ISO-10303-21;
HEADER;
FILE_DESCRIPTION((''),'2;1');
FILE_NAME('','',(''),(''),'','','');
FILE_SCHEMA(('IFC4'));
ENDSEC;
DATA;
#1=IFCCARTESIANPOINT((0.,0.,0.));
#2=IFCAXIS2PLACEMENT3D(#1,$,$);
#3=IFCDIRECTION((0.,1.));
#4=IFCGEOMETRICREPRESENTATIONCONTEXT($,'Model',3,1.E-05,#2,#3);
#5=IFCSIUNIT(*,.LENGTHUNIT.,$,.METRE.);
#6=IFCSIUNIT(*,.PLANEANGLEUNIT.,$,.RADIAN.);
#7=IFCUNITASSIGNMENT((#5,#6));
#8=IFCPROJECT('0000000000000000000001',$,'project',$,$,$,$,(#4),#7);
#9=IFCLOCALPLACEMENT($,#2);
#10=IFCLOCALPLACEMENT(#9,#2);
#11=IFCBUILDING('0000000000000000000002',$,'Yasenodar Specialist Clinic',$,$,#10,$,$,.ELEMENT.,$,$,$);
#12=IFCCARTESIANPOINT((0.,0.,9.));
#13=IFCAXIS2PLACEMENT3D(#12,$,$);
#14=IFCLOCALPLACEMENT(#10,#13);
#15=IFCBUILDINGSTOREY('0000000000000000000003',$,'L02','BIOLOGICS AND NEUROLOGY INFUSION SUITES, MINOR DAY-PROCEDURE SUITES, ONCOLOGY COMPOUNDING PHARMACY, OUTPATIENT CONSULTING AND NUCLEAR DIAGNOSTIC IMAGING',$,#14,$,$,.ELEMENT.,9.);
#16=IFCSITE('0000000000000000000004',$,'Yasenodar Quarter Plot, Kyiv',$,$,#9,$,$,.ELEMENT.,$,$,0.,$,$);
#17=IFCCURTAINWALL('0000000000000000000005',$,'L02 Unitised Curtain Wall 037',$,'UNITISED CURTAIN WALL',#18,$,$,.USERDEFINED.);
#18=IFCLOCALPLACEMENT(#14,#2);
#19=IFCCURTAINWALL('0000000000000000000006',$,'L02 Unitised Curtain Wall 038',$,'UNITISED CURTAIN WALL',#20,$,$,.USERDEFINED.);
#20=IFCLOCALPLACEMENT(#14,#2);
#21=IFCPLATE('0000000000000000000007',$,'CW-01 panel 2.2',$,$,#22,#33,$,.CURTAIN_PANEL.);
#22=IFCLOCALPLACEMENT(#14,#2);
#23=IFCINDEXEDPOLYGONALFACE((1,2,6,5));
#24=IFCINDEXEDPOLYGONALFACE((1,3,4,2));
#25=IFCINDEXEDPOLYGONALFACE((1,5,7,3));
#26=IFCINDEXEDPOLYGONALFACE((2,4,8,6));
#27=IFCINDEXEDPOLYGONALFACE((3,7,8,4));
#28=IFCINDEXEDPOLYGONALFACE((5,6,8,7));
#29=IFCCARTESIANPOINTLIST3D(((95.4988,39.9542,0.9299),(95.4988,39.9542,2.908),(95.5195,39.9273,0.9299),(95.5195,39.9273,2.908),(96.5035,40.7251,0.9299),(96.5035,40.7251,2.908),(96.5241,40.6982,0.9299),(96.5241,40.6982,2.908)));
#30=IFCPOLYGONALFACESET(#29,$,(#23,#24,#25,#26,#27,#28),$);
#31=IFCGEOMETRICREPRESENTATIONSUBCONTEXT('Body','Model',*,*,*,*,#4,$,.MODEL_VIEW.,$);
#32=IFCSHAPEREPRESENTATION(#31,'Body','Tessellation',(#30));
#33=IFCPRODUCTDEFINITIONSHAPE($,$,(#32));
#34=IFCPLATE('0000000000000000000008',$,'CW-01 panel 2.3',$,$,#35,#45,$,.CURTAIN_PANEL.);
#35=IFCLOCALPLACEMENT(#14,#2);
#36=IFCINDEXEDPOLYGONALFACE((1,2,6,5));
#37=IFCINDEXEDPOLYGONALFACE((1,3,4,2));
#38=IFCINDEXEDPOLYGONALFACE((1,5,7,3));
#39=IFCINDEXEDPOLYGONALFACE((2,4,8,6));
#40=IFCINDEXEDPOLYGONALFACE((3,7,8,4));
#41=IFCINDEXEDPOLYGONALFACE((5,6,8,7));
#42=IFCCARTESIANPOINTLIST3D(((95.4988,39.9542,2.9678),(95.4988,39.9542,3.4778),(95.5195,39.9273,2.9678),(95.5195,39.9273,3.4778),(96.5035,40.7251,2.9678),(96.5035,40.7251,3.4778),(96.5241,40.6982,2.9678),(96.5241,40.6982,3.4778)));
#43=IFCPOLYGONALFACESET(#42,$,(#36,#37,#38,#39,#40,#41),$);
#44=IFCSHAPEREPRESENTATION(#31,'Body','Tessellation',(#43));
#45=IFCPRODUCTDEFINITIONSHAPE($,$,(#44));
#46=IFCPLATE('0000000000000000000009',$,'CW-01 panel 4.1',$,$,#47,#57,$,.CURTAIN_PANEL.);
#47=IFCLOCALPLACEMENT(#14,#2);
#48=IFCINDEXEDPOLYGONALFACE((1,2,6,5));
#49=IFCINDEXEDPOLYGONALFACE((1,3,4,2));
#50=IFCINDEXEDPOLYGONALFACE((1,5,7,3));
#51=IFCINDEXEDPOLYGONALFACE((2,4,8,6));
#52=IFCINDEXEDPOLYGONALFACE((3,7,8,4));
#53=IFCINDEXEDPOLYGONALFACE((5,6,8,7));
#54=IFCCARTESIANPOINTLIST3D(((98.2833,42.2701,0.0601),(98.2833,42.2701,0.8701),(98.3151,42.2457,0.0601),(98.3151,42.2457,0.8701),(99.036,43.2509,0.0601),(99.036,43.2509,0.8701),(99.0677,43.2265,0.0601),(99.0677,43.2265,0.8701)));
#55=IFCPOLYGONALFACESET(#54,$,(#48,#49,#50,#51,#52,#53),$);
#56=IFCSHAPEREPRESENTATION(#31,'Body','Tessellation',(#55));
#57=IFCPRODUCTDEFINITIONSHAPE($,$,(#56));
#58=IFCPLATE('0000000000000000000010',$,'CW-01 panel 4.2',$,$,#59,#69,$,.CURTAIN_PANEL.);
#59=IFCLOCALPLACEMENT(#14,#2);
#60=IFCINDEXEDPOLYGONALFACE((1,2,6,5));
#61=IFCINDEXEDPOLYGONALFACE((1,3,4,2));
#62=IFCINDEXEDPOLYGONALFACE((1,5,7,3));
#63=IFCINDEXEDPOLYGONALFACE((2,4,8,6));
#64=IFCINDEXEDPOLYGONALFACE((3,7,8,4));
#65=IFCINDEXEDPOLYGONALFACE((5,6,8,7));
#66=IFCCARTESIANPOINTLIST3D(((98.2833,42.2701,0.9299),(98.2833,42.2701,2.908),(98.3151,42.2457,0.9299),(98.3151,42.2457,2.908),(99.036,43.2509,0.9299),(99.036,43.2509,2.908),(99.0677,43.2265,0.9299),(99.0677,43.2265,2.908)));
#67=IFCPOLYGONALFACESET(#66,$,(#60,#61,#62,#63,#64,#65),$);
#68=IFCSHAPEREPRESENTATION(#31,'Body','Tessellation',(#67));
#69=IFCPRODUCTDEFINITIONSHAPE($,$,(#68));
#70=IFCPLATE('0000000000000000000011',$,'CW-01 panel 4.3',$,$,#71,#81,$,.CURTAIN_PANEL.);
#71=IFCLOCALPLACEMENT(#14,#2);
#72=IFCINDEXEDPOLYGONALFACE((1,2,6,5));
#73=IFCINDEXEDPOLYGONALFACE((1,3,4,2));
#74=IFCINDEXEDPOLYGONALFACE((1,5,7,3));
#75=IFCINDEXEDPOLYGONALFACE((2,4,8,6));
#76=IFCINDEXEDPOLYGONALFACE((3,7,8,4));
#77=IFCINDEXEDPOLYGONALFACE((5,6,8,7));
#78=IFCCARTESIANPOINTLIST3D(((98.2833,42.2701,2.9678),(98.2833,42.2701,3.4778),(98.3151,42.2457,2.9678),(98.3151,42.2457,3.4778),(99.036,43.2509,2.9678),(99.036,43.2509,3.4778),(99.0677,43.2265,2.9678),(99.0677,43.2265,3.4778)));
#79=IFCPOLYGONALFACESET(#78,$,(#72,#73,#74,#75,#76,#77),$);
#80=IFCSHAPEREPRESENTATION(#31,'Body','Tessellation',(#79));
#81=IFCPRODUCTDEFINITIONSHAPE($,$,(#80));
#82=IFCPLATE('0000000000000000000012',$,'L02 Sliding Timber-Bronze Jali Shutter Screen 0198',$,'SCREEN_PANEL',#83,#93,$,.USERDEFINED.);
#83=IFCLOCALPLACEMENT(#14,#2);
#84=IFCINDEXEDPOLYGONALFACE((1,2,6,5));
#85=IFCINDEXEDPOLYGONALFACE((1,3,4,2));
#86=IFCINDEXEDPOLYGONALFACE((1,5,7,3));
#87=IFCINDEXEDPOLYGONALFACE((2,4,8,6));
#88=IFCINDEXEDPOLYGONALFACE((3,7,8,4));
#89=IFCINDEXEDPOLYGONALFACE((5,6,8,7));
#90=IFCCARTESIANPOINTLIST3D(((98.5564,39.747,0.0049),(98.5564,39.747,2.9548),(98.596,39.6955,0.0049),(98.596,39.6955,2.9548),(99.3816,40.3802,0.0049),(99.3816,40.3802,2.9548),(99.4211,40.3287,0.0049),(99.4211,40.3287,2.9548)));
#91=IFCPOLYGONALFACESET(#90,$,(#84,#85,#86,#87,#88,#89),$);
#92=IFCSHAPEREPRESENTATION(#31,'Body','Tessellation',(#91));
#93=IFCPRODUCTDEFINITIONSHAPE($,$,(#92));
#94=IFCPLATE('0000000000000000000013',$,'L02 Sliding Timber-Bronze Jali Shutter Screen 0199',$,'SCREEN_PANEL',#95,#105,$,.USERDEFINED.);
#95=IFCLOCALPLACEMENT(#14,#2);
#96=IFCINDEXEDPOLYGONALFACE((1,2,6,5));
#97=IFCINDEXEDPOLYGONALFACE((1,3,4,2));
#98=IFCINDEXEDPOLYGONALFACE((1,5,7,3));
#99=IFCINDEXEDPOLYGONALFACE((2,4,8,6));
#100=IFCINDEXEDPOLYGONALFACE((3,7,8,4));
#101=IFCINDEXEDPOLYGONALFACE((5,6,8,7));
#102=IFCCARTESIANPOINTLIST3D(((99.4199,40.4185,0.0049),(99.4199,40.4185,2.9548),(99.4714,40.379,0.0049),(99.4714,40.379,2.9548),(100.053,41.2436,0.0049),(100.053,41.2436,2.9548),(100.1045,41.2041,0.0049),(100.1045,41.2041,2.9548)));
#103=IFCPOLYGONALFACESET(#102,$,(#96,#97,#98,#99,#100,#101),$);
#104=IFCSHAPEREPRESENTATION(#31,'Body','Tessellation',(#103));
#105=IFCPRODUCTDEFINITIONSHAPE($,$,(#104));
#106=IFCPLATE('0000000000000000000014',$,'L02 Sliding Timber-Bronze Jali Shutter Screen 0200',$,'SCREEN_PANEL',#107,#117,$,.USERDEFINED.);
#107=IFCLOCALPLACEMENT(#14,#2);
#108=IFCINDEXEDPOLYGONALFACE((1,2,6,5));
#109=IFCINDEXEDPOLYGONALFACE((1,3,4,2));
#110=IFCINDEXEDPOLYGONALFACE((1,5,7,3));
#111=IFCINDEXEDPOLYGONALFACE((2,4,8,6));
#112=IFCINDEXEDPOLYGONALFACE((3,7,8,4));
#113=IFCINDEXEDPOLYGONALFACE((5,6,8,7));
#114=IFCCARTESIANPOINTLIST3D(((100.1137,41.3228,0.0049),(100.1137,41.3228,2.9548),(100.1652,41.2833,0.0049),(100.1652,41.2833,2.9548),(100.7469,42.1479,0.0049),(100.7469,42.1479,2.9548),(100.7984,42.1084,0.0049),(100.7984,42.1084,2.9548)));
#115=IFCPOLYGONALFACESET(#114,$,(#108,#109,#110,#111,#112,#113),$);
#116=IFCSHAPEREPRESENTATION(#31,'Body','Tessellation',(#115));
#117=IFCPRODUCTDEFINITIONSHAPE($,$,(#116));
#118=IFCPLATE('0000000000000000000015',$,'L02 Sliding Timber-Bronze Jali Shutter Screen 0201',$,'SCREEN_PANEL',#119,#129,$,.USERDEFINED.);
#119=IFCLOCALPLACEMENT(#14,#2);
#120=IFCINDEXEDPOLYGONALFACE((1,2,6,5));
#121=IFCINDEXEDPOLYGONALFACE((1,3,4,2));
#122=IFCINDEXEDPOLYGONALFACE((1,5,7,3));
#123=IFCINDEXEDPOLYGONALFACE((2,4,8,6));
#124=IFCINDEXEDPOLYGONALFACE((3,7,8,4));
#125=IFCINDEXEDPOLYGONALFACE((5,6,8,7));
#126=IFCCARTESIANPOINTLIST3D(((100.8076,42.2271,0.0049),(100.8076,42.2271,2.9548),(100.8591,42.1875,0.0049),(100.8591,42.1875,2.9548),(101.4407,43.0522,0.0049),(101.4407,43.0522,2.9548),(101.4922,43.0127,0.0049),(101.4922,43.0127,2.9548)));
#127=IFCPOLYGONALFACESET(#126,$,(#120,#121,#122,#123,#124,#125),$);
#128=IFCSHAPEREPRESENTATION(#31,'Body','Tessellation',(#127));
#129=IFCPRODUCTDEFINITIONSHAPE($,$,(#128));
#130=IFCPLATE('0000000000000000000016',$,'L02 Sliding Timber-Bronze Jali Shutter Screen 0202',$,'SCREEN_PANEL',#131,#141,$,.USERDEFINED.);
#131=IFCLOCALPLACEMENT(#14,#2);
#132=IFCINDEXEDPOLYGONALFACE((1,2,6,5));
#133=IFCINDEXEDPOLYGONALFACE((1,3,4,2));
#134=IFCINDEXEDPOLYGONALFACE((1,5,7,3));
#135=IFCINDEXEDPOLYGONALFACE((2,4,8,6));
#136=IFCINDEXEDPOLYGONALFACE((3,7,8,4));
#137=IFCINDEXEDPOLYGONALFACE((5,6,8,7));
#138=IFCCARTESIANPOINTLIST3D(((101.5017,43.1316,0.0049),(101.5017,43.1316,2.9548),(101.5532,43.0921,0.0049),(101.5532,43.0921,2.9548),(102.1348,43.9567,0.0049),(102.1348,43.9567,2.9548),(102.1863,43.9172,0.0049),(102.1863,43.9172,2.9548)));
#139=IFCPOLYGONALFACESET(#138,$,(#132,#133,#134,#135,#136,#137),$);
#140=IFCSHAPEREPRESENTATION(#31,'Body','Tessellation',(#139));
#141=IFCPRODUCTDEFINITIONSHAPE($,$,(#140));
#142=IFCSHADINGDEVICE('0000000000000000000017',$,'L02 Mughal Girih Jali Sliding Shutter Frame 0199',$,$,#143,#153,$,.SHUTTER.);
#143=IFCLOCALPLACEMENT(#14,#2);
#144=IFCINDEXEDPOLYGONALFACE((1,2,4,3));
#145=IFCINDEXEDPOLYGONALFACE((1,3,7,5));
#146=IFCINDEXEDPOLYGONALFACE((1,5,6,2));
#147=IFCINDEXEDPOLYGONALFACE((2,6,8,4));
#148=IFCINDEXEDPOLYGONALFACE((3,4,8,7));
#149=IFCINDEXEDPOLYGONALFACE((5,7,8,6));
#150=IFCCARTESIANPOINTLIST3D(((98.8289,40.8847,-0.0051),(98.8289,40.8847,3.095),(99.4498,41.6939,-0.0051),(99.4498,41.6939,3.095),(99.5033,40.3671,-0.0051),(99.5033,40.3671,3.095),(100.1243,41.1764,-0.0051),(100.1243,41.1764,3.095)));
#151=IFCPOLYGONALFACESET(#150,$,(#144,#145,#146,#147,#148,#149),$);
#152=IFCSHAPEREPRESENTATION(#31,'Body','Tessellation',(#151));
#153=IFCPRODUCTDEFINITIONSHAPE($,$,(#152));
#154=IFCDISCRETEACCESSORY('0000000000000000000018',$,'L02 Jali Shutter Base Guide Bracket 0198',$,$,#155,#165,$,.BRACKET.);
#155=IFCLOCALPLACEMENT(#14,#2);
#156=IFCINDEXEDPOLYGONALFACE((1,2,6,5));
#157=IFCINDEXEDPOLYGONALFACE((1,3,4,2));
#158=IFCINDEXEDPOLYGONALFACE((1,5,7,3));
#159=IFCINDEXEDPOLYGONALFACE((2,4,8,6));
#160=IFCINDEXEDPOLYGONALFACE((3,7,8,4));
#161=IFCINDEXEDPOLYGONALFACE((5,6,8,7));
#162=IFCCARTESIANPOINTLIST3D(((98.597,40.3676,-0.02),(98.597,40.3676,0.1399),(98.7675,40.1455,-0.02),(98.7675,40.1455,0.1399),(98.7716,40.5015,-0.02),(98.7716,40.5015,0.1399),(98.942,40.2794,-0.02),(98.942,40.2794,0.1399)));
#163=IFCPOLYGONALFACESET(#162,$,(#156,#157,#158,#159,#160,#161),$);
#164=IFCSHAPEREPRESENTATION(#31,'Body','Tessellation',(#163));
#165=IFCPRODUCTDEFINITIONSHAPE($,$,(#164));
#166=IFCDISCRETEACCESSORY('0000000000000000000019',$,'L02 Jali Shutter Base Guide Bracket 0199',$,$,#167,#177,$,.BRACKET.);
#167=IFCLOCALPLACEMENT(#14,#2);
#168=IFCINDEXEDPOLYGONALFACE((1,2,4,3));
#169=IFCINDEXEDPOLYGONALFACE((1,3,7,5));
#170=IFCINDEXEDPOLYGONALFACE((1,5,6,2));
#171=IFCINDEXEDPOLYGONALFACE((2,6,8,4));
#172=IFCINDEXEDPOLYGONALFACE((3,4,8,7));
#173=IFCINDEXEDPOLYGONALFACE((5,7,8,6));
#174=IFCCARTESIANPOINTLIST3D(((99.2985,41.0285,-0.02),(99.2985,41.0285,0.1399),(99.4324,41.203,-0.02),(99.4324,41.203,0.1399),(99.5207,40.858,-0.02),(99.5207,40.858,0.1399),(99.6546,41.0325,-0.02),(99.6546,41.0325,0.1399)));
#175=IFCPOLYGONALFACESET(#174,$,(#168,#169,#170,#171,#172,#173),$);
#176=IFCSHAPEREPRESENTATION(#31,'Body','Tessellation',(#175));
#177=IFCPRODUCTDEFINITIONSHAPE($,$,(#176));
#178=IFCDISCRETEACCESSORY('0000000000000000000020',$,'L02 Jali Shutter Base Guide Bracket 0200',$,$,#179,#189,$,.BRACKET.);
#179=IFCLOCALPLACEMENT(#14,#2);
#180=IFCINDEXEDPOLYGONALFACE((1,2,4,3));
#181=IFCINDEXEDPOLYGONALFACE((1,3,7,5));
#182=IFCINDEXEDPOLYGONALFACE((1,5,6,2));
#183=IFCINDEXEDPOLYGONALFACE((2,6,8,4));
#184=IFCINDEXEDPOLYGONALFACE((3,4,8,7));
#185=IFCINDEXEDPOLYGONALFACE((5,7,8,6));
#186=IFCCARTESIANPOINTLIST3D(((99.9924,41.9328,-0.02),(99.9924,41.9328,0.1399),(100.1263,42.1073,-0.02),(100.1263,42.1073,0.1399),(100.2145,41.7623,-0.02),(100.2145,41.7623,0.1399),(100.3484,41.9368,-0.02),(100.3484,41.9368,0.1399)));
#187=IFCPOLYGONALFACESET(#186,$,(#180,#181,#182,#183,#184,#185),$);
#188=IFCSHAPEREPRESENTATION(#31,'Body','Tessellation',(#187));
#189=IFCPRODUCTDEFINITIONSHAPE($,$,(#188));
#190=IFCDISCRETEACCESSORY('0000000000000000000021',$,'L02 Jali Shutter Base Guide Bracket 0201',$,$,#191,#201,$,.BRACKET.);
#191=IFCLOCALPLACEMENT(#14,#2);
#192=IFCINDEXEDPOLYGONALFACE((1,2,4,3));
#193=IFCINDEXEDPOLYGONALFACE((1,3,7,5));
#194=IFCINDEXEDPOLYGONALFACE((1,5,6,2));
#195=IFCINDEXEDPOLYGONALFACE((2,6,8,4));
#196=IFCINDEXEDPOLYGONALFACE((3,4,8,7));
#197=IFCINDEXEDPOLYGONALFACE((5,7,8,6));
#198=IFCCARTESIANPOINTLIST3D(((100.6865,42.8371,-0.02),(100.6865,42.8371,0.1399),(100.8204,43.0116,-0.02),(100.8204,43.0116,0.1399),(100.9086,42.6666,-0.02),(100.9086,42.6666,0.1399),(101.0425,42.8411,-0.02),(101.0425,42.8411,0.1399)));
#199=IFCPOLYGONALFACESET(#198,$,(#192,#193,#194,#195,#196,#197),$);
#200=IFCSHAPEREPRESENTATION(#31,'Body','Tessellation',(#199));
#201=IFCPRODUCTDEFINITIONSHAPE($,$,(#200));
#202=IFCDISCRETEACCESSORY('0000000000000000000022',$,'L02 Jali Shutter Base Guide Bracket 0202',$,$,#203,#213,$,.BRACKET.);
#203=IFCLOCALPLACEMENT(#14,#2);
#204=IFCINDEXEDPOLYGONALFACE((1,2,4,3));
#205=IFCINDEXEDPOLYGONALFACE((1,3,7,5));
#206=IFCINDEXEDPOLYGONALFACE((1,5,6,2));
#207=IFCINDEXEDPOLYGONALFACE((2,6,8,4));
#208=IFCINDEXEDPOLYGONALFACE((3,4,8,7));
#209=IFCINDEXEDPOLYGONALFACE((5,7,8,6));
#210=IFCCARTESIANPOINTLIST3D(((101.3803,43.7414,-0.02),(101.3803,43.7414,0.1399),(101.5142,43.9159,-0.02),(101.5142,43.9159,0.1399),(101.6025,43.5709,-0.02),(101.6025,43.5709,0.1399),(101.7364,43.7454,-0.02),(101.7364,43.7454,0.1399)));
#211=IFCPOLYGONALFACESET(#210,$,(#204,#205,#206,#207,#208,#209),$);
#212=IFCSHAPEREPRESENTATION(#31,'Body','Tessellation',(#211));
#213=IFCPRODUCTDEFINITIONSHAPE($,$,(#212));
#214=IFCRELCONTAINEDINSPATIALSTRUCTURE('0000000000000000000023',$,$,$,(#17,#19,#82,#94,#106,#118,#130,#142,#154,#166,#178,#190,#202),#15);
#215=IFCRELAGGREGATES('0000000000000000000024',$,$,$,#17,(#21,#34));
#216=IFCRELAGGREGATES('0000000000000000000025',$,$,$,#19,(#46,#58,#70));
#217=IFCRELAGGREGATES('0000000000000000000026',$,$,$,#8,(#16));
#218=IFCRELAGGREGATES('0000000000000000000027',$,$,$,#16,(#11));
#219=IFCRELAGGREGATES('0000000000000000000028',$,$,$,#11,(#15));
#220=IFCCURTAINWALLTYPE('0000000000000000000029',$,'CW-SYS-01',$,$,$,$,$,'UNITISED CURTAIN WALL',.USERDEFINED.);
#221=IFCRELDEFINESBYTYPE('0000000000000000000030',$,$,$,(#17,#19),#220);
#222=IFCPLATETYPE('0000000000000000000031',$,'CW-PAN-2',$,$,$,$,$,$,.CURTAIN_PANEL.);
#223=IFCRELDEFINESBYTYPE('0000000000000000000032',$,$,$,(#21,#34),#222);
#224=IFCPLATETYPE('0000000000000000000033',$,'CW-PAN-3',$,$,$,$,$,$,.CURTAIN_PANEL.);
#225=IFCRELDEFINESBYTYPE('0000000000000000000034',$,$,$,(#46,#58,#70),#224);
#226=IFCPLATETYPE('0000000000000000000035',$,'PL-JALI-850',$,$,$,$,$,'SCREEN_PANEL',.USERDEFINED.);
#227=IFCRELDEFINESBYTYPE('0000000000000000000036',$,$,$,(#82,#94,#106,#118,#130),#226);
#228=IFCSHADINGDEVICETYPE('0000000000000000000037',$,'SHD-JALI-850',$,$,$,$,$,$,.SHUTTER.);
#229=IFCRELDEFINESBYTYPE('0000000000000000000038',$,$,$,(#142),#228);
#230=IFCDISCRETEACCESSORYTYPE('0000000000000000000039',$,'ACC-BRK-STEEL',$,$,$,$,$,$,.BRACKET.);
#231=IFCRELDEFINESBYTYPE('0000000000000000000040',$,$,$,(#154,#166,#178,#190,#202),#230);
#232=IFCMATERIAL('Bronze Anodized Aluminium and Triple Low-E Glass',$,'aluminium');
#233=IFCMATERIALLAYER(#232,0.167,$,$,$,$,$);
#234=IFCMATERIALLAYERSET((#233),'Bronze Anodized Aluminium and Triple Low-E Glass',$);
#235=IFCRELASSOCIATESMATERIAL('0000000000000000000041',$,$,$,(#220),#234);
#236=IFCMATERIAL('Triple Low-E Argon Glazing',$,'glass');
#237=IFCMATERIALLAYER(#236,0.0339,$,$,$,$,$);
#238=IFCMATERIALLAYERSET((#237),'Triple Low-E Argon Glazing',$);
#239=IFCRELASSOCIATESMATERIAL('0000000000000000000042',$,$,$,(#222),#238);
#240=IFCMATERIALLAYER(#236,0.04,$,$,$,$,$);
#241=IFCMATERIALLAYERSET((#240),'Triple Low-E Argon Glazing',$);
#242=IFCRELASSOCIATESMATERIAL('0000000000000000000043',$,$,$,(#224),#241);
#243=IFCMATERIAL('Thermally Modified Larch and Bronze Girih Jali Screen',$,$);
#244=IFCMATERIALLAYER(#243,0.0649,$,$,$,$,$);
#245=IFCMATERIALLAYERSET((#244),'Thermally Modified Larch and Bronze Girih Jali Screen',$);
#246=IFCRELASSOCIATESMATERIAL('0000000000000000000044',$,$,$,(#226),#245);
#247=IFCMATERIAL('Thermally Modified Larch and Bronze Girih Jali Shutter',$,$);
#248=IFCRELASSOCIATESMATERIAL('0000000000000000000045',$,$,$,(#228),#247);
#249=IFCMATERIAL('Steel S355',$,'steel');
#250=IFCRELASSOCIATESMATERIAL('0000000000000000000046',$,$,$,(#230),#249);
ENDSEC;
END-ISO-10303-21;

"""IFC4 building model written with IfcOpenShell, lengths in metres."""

from ifc_helpers import new_model, si_unit, direction, frame, origin, origin_2d, place, context, subcontext, project, spatial, rectangle, extrude, material, layer, layer_set, type_object, element, aggregate, save


model = new_model("IFC4")

# Units and contexts
model_context = context("Model", 3, precision=1e-05, world=origin(), true_north=direction((0.0, 1.0)))
body_context = subcontext(model_context, "Body", "Model", "MODEL_VIEW")
ifc_project = project(units=[si_unit("LENGTHUNIT", "METRE"), si_unit("PLANEANGLEUNIT", "RADIAN")], contexts=[model_context])

# Site, building, storey
site_placement = place(None, origin())
site = spatial("IfcSite", under=ifc_project, at=site_placement, Name="Yasenodar Quarter Plot, Kyiv", CompositionType="ELEMENT", RefElevation=0.0)
building_placement = place(site_placement, origin())
building = spatial("IfcBuilding", under=site, at=building_placement, Name="Yasenodar Specialist Clinic", CompositionType="ELEMENT")
storey_placement = place(building_placement, frame((0.0, 0.0, 9.0)))
storey = spatial("IfcBuildingStorey", under=building, at=storey_placement, Name="L02", Description="BIOLOGICS AND NEUROLOGY INFUSION SUITES, MINOR DAY-PROCEDURE SUITES, ONCOLOGY COMPOUNDING PHARMACY, OUTPATIENT CONSULTING AND NUCLEAR DIAGNOSTIC IMAGING", CompositionType="ELEMENT", Elevation=9.0)

# Shared definitions
ifc_material_1 = material(Name="Steel S355", Category="steel")

# Curtain walls
ifc_material_2 = material(Name="Bronze Anodized Aluminium and Triple Low-E Glass", Category="aluminium")
ifc_layer_1 = layer(ifc_material_2, 0.167)
ifc_layer_set_1 = layer_set([ifc_layer_1], Name="Bronze Anodized Aluminium and Triple Low-E Glass")
curtain_wall_type = type_object("IfcCurtainWallType", Name="CW-SYS-01", ElementType="UNITISED CURTAIN WALL", PredefinedType="USERDEFINED", material=ifc_layer_set_1)
curtain_wall_1_placement = place(storey_placement, origin())
curtain_wall_1 = element("IfcCurtainWall", 1, at=curtain_wall_1_placement, inside=storey, type_object=curtain_wall_type, Name="L02 Unitised Curtain Wall 037", ObjectType="UNITISED CURTAIN WALL", PredefinedType="USERDEFINED")
curtain_wall_2_placement = place(storey_placement, origin())
curtain_wall_2 = element("IfcCurtainWall", 2, at=curtain_wall_2_placement, inside=storey, type_object=curtain_wall_type, Name="L02 Unitised Curtain Wall 038", ObjectType="UNITISED CURTAIN WALL", PredefinedType="USERDEFINED")

# Plates
ifc_material_3 = material(Name="Triple Low-E Argon Glazing", Category="glass")
ifc_layer_2 = layer(ifc_material_3, 0.0339)
ifc_layer_set_2 = layer_set([ifc_layer_2], Name="Triple Low-E Argon Glazing")
plate_type_1 = type_object("IfcPlateType", Name="CW-PAN-2", PredefinedType="CURTAIN_PANEL", material=ifc_layer_set_2)
plate_1_placement = place(storey_placement, frame((96.0115, 40.3262, 0.9299), z_axis=(0.0, 0.0, 1.0), x_axis=(-0.793361, -0.608752, 0.0)))
plate_1 = element("IfcPlate", 3, at=plate_1_placement, type_object=plate_type_1, Name="CW-01 panel 2.2", PredefinedType="CURTAIN_PANEL", context=body_context, shape_type="SweptSolid", body=[
    extrude(rectangle(XDim=1.2664, YDim=0.0339, at=origin_2d()), origin(), (0.0, 0.0, 1.0), 1.978),
])
plate_2_placement = place(storey_placement, frame((96.0115, 40.3262, 2.9678), z_axis=(0.0, 0.0, 1.0), x_axis=(-0.793361, -0.608752, 0.0)))
plate_2 = element("IfcPlate", 4, at=plate_2_placement, type_object=plate_type_1, Name="CW-01 panel 2.3", PredefinedType="CURTAIN_PANEL", context=body_context, shape_type="SweptSolid", body=[
    extrude(rectangle(XDim=1.2664, YDim=0.0339, at=origin_2d()), origin(), (0.0, 0.0, 1.0), 0.51),
])
aggregate(curtain_wall_1, [plate_1, plate_2])
ifc_layer_3 = layer(ifc_material_3, 0.04)
ifc_layer_set_3 = layer_set([ifc_layer_3], Name="Triple Low-E Argon Glazing")
plate_type_2 = type_object("IfcPlateType", Name="CW-PAN-3", PredefinedType="CURTAIN_PANEL", material=ifc_layer_set_3)
plate_3_placement = place(storey_placement, frame((98.6755, 42.7483, 0.0601), z_axis=(0.0, 0.0, 1.0), x_axis=(-0.608752, -0.793361, 0.0)))
plate_3 = element("IfcPlate", 5, at=plate_3_placement, type_object=plate_type_2, Name="CW-01 panel 4.1", PredefinedType="CURTAIN_PANEL", context=body_context, shape_type="SweptSolid", body=[
    extrude(rectangle(XDim=1.2363, YDim=0.04, at=origin_2d()), origin(), (0.0, 0.0, 1.0), 0.8101),
])
plate_4_placement = place(storey_placement, frame((98.6755, 42.7483, 0.9299), z_axis=(0.0, 0.0, 1.0), x_axis=(-0.608752, -0.793361, 0.0)))
plate_4 = element("IfcPlate", 6, at=plate_4_placement, type_object=plate_type_2, Name="CW-01 panel 4.2", PredefinedType="CURTAIN_PANEL", context=body_context, shape_type="SweptSolid", body=[
    extrude(rectangle(XDim=1.2363, YDim=0.04, at=origin_2d()), origin(), (0.0, 0.0, 1.0), 1.978),
])
plate_5_placement = place(storey_placement, frame((98.6755, 42.7483, 2.9678), z_axis=(0.0, 0.0, 1.0), x_axis=(-0.608752, -0.793361, 0.0)))
plate_5 = element("IfcPlate", 7, at=plate_5_placement, type_object=plate_type_2, Name="CW-01 panel 4.3", PredefinedType="CURTAIN_PANEL", context=body_context, shape_type="SweptSolid", body=[
    extrude(rectangle(XDim=1.2363, YDim=0.04, at=origin_2d()), origin(), (0.0, 0.0, 1.0), 0.51),
])
aggregate(curtain_wall_2, [plate_3, plate_4, plate_5])

# Plates
ifc_material_4 = material(Name="Thermally Modified Larch and Bronze Girih Jali Screen")
ifc_layer_4 = layer(ifc_material_4, 0.0649)
ifc_layer_set_4 = layer_set([ifc_layer_4], Name="Thermally Modified Larch and Bronze Girih Jali Screen")
plate_type_3 = type_object("IfcPlateType", Name="PL-JALI-850", ElementType="SCREEN_PANEL", PredefinedType="USERDEFINED", material=ifc_layer_set_4)
for number, where, z_axis, x_axis, name in (
    (8, (98.9888, 40.0378, 0.0049), (0.0, 0.0, 1.0), (0.793351, 0.608764, 0.0), "L02 Sliding Timber-Bronze Jali Shutter Screen 0198"),
    (9, (99.7622, 40.8113, 0.0049), (0.0, 0.0, 1.0), (0.608764, 0.793351, 0.0), "L02 Sliding Timber-Bronze Jali Shutter Screen 0199"),
    (10, (100.4561, 41.7156, 0.0049), (0.0, 0.0, 1.0), (0.608764, 0.793351, 0.0), "L02 Sliding Timber-Bronze Jali Shutter Screen 0200"),
    (11, (101.1499, 42.6199, 0.0049), (0.0, 0.0, 1.0), (0.608764, 0.793351, 0.0), "L02 Sliding Timber-Bronze Jali Shutter Screen 0201"),
    (12, (101.844, 43.5244, 0.0049), (0.0, 0.0, 1.0), (0.608764, 0.793351, 0.0), "L02 Sliding Timber-Bronze Jali Shutter Screen 0202"),
):
    element("IfcPlate", number, at=place(storey_placement, frame(where, z_axis=z_axis, x_axis=x_axis)), inside=storey, type_object=plate_type_3, Name=name, ObjectType="SCREEN_PANEL", PredefinedType="USERDEFINED", context=body_context, shape_type="SweptSolid", body=[
        extrude(rectangle(XDim=1.04, YDim=0.0649, at=origin_2d()), origin(), (0.0, 0.0, 1.0), 2.95),
    ])

# Shading device
ifc_material_5 = material(Name="Thermally Modified Larch and Bronze Girih Jali Shutter")
shading_device_type = type_object("IfcShadingDeviceType", Name="SHD-JALI-850", PredefinedType="SHUTTER", material=ifc_material_5)
shading_device_placement = place(storey_placement, frame((99.4766, 41.0305, -0.0051), z_axis=(0.0, 0.0, 1.0), x_axis=(0.608764, 0.793351, 0.0)))
element("IfcShadingDevice", 13, at=shading_device_placement, inside=storey, type_object=shading_device_type, Name="L02 Mughal Girih Jali Sliding Shutter Frame 0199", PredefinedType="SHUTTER", context=body_context, shape_type="SweptSolid", body=[
    extrude(rectangle(XDim=1.02, YDim=0.8501, at=origin_2d()), origin(), (0.0, 0.0, 1.0), 3.1001),
])

# Discrete accessories
discrete_accessory_type = type_object("IfcDiscreteAccessoryType", Name="ACC-BRK-STEEL", PredefinedType="BRACKET", material=ifc_material_1)
for number, where, z_axis, x_axis, name in (
    (14, (98.7695, 40.3235, -0.02), (0.0, 0.0, 1.0), (0.793351, 0.608764, 0.0), "L02 Jali Shutter Base Guide Bracket 0198"),
    (15, (99.4766, 41.0305, -0.02), (0.0, 0.0, 1.0), (0.608764, 0.793351, 0.0), "L02 Jali Shutter Base Guide Bracket 0199"),
    (16, (100.1704, 41.9348, -0.02), (0.0, 0.0, 1.0), (0.608764, 0.793351, 0.0), "L02 Jali Shutter Base Guide Bracket 0200"),
    (17, (100.8645, 42.8391, -0.02), (0.0, 0.0, 1.0), (0.608764, 0.793351, 0.0), "L02 Jali Shutter Base Guide Bracket 0201"),
    (18, (101.5583, 43.7434, -0.02), (0.0, 0.0, 1.0), (0.608764, 0.793351, 0.0), "L02 Jali Shutter Base Guide Bracket 0202"),
):
    element("IfcDiscreteAccessory", number, at=place(storey_placement, frame(where, z_axis=z_axis, x_axis=x_axis)), inside=storey, type_object=discrete_accessory_type, Name=name, PredefinedType="BRACKET", context=body_context, shape_type="SweptSolid", body=[
        extrude(rectangle(XDim=0.22, YDim=0.28, at=origin_2d()), origin(), (0.0, 0.0, 1.0), 0.1599),
    ])

save(model, "model.ifc")
